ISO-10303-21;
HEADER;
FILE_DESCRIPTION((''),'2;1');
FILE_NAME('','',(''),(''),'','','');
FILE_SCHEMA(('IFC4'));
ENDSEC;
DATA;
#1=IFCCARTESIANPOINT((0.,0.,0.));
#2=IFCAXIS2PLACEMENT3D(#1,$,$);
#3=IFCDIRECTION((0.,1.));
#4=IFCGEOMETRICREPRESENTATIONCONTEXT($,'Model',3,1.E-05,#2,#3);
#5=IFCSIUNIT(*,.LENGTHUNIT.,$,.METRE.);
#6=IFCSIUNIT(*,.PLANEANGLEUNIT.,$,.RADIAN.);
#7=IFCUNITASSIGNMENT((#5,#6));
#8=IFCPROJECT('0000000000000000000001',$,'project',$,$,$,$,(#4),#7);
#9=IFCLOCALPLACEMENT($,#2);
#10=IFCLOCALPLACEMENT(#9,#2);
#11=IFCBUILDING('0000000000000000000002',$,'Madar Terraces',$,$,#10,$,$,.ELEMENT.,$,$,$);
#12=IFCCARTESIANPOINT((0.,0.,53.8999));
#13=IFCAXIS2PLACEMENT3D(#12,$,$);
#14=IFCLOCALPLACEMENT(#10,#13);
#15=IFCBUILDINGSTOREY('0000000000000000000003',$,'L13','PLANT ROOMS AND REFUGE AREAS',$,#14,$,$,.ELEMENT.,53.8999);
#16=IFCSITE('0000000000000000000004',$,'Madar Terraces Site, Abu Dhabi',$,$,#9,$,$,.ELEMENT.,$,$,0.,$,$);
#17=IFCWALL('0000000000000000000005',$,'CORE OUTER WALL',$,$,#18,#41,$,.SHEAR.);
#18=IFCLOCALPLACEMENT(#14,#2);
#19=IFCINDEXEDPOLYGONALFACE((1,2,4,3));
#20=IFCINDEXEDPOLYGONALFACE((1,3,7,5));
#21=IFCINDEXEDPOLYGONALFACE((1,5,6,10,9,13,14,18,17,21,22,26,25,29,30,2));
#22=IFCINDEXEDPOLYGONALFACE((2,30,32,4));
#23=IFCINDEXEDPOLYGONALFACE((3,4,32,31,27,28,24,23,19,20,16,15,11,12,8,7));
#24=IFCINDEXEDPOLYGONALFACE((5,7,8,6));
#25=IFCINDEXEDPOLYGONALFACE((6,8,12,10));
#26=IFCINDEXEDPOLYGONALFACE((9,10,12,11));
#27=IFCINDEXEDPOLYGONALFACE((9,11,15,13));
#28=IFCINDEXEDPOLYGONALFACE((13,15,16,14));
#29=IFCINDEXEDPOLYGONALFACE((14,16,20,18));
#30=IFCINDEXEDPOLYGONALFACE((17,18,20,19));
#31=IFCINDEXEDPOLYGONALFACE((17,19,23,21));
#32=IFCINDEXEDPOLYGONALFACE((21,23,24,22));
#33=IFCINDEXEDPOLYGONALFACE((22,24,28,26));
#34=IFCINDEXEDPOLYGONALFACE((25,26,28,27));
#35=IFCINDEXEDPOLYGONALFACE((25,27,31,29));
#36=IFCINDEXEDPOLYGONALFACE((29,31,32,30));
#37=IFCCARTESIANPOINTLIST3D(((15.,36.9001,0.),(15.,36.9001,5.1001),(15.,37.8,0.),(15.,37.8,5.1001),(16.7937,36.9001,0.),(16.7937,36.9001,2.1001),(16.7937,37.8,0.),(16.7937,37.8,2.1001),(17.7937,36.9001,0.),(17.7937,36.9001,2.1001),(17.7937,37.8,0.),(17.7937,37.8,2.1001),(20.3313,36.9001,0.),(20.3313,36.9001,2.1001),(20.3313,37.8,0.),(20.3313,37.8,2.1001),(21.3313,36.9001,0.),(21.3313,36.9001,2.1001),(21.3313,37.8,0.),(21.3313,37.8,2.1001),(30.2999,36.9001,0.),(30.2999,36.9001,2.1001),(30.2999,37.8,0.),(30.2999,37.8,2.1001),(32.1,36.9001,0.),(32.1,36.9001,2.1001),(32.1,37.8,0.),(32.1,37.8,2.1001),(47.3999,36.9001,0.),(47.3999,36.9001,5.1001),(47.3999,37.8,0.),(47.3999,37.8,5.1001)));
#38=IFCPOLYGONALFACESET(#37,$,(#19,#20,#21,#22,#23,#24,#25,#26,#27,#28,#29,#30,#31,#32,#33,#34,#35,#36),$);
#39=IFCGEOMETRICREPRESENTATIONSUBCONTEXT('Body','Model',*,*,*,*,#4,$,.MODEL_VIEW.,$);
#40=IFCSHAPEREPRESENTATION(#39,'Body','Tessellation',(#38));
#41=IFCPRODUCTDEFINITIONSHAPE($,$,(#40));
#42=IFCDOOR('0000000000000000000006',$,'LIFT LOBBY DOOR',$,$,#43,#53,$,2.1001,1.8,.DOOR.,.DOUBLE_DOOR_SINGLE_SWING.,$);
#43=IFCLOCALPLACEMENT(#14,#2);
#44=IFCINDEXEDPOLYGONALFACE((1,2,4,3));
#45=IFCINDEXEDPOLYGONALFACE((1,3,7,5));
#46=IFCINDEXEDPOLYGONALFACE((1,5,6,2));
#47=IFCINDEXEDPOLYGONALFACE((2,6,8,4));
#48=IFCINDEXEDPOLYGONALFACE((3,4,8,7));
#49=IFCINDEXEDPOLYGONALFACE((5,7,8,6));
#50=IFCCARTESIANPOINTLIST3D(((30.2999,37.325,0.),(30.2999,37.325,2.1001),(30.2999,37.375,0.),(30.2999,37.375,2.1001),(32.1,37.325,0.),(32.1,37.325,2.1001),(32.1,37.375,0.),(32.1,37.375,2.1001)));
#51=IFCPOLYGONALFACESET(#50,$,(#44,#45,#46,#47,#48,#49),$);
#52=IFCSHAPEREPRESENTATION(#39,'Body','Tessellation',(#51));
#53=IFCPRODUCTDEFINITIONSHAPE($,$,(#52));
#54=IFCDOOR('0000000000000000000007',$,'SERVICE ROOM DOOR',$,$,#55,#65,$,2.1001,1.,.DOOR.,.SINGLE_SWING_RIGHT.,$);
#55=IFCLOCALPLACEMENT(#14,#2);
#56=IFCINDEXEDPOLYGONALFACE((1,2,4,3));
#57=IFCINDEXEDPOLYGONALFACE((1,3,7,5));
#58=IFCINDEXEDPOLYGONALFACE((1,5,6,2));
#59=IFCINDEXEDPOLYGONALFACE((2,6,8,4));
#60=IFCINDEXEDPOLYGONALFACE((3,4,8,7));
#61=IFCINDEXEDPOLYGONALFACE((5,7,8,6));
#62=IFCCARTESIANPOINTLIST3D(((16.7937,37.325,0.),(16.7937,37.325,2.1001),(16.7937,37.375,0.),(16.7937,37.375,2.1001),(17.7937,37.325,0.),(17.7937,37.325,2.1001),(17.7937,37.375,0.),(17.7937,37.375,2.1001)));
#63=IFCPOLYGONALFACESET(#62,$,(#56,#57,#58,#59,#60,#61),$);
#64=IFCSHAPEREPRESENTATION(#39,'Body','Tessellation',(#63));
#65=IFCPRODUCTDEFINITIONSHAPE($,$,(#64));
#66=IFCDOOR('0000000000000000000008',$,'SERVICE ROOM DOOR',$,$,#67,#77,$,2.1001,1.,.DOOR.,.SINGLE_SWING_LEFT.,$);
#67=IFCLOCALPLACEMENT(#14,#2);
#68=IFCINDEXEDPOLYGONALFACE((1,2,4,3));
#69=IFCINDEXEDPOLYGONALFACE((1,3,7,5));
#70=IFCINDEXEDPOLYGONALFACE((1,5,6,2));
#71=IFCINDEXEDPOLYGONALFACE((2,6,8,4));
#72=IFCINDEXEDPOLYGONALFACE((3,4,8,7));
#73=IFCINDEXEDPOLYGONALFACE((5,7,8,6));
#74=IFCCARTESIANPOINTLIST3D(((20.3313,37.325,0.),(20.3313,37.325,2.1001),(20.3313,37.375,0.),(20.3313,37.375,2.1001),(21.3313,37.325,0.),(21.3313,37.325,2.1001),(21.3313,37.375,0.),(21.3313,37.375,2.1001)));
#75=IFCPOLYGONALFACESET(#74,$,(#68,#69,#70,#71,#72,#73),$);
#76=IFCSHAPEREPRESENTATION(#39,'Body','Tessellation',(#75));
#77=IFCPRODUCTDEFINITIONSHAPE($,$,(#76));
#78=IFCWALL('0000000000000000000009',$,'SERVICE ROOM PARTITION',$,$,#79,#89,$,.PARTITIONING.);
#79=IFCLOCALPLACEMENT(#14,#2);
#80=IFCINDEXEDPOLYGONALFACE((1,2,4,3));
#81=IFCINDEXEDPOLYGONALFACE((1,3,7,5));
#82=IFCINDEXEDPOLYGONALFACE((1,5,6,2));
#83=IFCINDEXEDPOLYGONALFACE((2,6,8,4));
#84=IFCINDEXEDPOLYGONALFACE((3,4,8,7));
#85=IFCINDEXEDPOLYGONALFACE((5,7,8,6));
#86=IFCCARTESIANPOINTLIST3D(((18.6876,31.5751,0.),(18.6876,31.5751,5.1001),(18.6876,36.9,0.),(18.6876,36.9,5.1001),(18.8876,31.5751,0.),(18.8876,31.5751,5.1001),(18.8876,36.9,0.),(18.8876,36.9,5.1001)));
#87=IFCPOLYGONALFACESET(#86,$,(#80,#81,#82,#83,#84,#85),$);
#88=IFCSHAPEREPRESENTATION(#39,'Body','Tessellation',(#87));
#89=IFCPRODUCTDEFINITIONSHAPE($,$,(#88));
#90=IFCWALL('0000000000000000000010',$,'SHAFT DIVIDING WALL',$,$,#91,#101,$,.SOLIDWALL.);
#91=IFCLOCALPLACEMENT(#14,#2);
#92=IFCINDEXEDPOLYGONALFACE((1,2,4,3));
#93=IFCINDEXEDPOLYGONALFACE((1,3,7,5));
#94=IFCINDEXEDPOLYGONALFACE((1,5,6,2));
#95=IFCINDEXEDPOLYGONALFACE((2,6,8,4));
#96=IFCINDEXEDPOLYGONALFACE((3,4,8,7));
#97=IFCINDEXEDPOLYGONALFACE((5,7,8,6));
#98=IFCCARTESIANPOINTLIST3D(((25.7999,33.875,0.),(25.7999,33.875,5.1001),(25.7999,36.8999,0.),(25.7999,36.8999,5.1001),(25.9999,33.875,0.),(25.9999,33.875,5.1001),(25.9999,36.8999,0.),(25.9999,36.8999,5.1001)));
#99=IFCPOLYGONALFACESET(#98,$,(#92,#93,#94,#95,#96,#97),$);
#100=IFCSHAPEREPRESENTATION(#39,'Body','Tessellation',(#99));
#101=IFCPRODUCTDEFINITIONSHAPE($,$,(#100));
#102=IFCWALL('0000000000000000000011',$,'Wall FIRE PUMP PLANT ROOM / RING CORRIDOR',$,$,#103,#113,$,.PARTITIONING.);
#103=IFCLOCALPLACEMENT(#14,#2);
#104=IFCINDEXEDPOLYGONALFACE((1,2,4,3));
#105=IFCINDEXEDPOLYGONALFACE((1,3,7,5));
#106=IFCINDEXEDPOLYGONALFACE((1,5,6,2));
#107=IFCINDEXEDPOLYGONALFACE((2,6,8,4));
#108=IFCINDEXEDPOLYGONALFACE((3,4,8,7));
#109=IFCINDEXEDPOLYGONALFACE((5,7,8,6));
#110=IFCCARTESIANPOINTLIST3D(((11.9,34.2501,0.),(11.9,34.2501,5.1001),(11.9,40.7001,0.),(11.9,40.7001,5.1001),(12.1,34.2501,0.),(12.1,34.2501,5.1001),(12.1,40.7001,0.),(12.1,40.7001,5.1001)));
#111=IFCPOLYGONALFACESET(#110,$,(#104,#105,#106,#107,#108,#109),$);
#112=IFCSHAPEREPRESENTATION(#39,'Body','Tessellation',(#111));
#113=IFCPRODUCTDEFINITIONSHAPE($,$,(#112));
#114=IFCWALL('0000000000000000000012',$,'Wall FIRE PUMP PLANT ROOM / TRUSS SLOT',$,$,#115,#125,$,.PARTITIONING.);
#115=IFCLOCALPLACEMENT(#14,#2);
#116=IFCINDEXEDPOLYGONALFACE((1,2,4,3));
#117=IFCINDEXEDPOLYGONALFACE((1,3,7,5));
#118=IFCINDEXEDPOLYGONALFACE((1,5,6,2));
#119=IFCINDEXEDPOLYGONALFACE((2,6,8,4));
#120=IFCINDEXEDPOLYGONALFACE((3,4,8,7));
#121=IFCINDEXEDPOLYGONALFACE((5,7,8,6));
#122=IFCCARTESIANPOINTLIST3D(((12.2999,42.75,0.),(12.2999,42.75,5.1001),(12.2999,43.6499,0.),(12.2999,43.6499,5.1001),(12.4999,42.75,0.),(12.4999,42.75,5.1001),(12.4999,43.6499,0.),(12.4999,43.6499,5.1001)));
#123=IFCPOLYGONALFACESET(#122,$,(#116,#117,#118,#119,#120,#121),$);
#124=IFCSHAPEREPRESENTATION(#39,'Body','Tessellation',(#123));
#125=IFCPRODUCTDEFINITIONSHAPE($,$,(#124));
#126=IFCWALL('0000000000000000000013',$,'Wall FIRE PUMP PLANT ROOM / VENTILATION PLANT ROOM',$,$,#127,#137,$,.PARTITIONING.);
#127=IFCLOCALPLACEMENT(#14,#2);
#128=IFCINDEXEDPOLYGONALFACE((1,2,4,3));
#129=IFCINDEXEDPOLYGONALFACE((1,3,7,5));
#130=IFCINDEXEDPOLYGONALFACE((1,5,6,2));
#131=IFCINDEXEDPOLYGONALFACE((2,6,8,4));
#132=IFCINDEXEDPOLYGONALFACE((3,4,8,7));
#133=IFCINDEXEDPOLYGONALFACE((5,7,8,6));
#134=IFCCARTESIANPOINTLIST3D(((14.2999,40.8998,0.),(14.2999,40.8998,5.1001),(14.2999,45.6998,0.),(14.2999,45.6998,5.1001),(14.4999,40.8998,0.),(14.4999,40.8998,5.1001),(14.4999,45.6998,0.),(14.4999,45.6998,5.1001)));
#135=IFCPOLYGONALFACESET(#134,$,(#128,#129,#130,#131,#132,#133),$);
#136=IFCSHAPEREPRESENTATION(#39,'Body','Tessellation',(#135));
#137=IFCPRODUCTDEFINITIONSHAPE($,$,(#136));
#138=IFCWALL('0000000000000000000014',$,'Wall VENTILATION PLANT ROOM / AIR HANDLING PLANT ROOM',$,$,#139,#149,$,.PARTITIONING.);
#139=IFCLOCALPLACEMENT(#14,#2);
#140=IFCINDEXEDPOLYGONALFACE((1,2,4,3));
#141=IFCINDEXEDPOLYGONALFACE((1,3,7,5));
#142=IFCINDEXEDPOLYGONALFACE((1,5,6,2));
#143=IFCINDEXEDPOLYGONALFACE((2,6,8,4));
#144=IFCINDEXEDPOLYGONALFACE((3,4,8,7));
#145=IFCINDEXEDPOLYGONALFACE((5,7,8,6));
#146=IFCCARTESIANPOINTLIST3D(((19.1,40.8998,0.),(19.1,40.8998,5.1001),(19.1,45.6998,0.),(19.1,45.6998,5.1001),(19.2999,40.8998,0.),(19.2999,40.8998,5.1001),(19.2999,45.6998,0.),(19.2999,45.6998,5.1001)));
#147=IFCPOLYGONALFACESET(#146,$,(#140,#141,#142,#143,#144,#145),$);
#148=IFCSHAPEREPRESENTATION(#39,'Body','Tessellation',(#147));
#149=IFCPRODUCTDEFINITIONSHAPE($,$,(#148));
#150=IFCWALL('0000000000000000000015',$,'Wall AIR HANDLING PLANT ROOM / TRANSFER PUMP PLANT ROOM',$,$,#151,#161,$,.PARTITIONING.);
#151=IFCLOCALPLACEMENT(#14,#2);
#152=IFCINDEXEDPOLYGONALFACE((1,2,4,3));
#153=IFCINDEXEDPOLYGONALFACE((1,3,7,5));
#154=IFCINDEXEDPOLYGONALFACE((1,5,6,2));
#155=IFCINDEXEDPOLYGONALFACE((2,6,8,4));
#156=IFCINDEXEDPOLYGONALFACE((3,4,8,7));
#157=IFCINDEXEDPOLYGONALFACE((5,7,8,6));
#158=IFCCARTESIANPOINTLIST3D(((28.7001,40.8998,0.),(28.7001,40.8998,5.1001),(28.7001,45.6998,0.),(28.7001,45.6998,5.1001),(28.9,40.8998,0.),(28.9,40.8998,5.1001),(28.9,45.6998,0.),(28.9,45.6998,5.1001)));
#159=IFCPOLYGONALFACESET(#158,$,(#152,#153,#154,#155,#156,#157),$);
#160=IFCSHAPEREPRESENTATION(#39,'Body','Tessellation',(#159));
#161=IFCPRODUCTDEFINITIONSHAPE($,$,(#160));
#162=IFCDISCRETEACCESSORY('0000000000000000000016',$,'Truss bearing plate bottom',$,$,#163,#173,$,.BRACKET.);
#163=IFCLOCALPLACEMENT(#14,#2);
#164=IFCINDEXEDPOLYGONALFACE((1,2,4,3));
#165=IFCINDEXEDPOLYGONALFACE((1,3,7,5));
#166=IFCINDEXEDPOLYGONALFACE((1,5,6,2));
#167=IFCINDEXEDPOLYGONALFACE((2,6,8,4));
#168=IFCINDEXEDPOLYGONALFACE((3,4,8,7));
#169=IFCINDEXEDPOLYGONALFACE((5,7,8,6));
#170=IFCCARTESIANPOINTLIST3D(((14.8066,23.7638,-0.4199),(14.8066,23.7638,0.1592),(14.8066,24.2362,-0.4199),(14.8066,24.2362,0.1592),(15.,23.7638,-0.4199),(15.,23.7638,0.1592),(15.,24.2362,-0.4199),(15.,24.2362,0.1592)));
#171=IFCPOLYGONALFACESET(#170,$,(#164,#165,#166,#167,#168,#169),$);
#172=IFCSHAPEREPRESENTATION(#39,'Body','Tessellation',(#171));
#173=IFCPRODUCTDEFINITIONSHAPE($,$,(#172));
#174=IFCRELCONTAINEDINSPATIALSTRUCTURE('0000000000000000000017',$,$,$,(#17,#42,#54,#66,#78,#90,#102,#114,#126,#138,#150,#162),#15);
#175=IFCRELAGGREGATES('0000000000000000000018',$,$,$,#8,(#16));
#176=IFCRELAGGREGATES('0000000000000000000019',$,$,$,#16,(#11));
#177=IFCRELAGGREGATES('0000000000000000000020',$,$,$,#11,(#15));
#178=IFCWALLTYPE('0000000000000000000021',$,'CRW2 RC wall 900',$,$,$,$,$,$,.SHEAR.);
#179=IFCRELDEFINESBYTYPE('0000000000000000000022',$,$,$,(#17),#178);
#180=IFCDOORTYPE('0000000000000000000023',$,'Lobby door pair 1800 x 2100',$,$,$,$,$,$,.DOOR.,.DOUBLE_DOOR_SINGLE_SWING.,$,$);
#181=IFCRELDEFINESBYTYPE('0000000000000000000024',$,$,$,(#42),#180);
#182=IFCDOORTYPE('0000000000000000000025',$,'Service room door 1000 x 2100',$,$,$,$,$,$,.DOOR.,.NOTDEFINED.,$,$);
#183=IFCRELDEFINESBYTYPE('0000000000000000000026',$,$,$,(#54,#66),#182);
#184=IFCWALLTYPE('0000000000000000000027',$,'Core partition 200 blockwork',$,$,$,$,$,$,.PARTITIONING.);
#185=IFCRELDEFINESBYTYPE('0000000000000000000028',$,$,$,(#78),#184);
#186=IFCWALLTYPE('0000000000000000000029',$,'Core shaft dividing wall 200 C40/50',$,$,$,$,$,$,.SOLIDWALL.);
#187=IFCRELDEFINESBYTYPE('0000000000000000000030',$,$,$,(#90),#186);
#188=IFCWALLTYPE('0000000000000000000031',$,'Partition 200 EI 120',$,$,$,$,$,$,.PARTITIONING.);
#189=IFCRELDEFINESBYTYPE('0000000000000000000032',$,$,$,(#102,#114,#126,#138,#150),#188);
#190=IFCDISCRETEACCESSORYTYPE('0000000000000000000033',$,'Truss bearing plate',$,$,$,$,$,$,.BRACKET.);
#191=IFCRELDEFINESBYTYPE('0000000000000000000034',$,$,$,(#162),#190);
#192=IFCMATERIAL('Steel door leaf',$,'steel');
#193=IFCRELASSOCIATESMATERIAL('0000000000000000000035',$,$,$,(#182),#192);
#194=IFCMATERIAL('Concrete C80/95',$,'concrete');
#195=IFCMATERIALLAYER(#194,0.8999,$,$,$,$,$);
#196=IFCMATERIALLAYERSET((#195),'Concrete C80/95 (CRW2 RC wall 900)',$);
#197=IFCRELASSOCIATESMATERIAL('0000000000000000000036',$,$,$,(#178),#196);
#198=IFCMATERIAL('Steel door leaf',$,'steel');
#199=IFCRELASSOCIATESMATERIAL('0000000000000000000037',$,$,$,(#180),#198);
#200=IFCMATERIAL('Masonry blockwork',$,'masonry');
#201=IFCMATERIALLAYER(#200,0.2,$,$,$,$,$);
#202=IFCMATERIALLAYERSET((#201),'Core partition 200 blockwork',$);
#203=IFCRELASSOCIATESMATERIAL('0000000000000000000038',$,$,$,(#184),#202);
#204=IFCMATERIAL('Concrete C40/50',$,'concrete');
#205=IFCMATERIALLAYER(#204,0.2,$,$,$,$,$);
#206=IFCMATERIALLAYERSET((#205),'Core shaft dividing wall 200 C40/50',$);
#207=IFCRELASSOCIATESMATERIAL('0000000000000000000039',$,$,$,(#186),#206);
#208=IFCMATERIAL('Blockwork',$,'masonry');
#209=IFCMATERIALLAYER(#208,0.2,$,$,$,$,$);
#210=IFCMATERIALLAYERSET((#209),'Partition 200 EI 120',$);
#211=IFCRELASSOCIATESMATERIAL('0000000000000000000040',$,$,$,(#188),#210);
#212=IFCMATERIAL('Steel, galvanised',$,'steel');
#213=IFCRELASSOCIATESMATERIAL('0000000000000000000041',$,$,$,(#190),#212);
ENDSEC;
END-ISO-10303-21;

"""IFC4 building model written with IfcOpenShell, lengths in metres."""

from ifc_helpers import new_model, si_unit, direction, frame, frame_2d, origin, origin_2d, place, context, subcontext, project, spatial, rectangle, extrude, material, layer, layer_set, type_object, element, fill, save


model = new_model("IFC4")

# Units and contexts
model_context = context("Model", 3, precision=1e-05, world=origin(), true_north=direction((0.0, 1.0)))
body_context = subcontext(model_context, "Body", "Model", "MODEL_VIEW")
ifc_project = project(units=[si_unit("LENGTHUNIT", "METRE"), si_unit("PLANEANGLEUNIT", "RADIAN")], contexts=[model_context])

# Site, building, storey
site_placement = place(None, origin())
site = spatial("IfcSite", under=ifc_project, at=site_placement, Name="Madar Terraces Site, Abu Dhabi", CompositionType="ELEMENT", RefElevation=0.0)
building_placement = place(site_placement, origin())
building = spatial("IfcBuilding", under=site, at=building_placement, Name="Madar Terraces", CompositionType="ELEMENT")
storey_placement = place(building_placement, frame((0.0, 0.0, 53.8999)))
storey = spatial("IfcBuildingStorey", under=building, at=storey_placement, Name="L13", Description="PLANT ROOMS AND REFUGE AREAS", CompositionType="ELEMENT", Elevation=53.8999)

# Shared definitions
ifc_material_1 = material(Name="Steel door leaf", Category="steel")
door_type_1 = type_object("IfcDoorType", Name="Service room door 1000 x 2100", OperationType="NOTDEFINED", PredefinedType="DOOR", material=ifc_material_1)

# Wall, openings, doors
ifc_material_2 = material(Name="Concrete C80/95", Category="concrete")
ifc_layer_1 = layer(ifc_material_2, 0.8999)
ifc_layer_set_1 = layer_set([ifc_layer_1], Name="Concrete C80/95 (CRW2 RC wall 900)")
wall_type_1 = type_object("IfcWallType", Name="CRW2 RC wall 900", PredefinedType="SHEAR", material=ifc_layer_set_1)
wall_1_placement = place(storey_placement, frame((15.0, 37.3501, 0.0), z_axis=(0.0, 0.0, 1.0), x_axis=(1.0, 0.0, 0.0)))
wall_1 = element("IfcWall", 1, at=wall_1_placement, inside=storey, type_object=wall_type_1, Name="CORE OUTER WALL", PredefinedType="SHEAR", context=body_context, shape_type="SweptSolid", body=[
    extrude(rectangle(XDim=32.3999, YDim=0.8999, at=frame_2d((16.2, 0.0))), origin(), (0.0, 0.0, 1.0), 5.1001),
])
opening_1_placement = place(wall_1_placement, frame((15.3, 0.0, 0.0)))
opening_1 = element("IfcOpeningElement", 2, at=opening_1_placement, cuts=wall_1, PredefinedType="OPENING", context=body_context, shape_type="SweptSolid", body=[
    extrude(rectangle(XDim=1.8, YDim=2.1001, at=frame_2d((0.8999, 1.05))), frame((0.0, 0.46, 0.0), z_axis=(0.0, -1.0, 0.0), x_axis=(1.0, 0.0, 0.0)), (0.0, 0.0, 1.0), 0.9199),
])
opening_2_placement = place(wall_1_placement, frame((1.7937, 0.0, 0.0)))
opening_2 = element("IfcOpeningElement", 3, at=opening_2_placement, cuts=wall_1, PredefinedType="OPENING", context=body_context, shape_type="SweptSolid", body=[
    extrude(rectangle(XDim=1.0, YDim=2.1001, at=frame_2d((0.5, 1.05))), frame((0.0, 0.46, 0.0), z_axis=(0.0, -1.0, 0.0), x_axis=(1.0, 0.0, 0.0)), (0.0, 0.0, 1.0), 0.9199),
])
opening_3_placement = place(wall_1_placement, frame((5.3313, 0.0, 0.0)))
opening_3 = element("IfcOpeningElement", 4, at=opening_3_placement, cuts=wall_1, PredefinedType="OPENING", context=body_context, shape_type="SweptSolid", body=[
    extrude(rectangle(XDim=1.0, YDim=2.1001, at=frame_2d((0.5, 1.05))), frame((0.0, 0.46, 0.0), z_axis=(0.0, -1.0, 0.0), x_axis=(1.0, 0.0, 0.0)), (0.0, 0.0, 1.0), 0.9199),
])
ifc_material_3 = material(Name="Steel door leaf", Category="steel")
door_type_2 = type_object("IfcDoorType", Name="Lobby door pair 1800 x 2100", OperationType="DOUBLE_DOOR_SINGLE_SWING", PredefinedType="DOOR", material=ifc_material_3)
door_1_placement = place(opening_1_placement, origin())
door_1 = element("IfcDoor", 5, at=door_1_placement, inside=storey, type_object=door_type_2, Name="LIFT LOBBY DOOR", OperationType="DOUBLE_DOOR_SINGLE_SWING", OverallHeight=2.1001, OverallWidth=1.8, PredefinedType="DOOR", context=body_context, shape_type="SweptSolid", body=[
    extrude(rectangle(XDim=1.8, YDim=2.1001, at=frame_2d((0.8999, 1.05))), frame((0.0, 0.0249, 0.0), z_axis=(0.0, -1.0, 0.0), x_axis=(1.0, 0.0, 0.0)), (0.0, 0.0, 1.0), 0.05),
])
fill(opening_1, door_1)
door_2_placement = place(opening_2_placement, origin())
door_2 = element("IfcDoor", 6, at=door_2_placement, inside=storey, type_object=door_type_1, Name="SERVICE ROOM DOOR", OperationType="SINGLE_SWING_RIGHT", OverallHeight=2.1001, OverallWidth=1.0, PredefinedType="DOOR", context=body_context, shape_type="SweptSolid", body=[
    extrude(rectangle(XDim=1.0, YDim=2.1001, at=frame_2d((0.5, 1.05))), frame((0.0, 0.0249, 0.0), z_axis=(0.0, -1.0, 0.0), x_axis=(1.0, 0.0, 0.0)), (0.0, 0.0, 1.0), 0.05),
])
fill(opening_2, door_2)
door_3_placement = place(opening_3_placement, origin())
door_3 = element("IfcDoor", 7, at=door_3_placement, inside=storey, type_object=door_type_1, Name="SERVICE ROOM DOOR", OperationType="SINGLE_SWING_LEFT", OverallHeight=2.1001, OverallWidth=1.0, PredefinedType="DOOR", context=body_context, shape_type="SweptSolid", body=[
    extrude(rectangle(XDim=1.0, YDim=2.1001, at=frame_2d((0.5, 1.05))), frame((0.0, 0.0249, 0.0), z_axis=(0.0, -1.0, 0.0), x_axis=(1.0, 0.0, 0.0)), (0.0, 0.0, 1.0), 0.05),
])
fill(opening_3, door_3)

# Walls
ifc_material_4 = material(Name="Masonry blockwork", Category="masonry")
ifc_layer_2 = layer(ifc_material_4, 0.2)
ifc_layer_set_2 = layer_set([ifc_layer_2], Name="Core partition 200 blockwork")
wall_type_2 = type_object("IfcWallType", Name="Core partition 200 blockwork", PredefinedType="PARTITIONING", material=ifc_layer_set_2)
wall_2_placement = place(storey_placement, frame((18.7876, 31.575, 0.0), z_axis=(0.0, 0.0, 1.0), x_axis=(0.0, 1.0, 0.0)))
element("IfcWall", 8, at=wall_2_placement, inside=storey, type_object=wall_type_2, Name="SERVICE ROOM PARTITION", PredefinedType="PARTITIONING", context=body_context, shape_type="SweptSolid", body=[
    extrude(rectangle(XDim=5.325, YDim=0.2, at=frame_2d((2.6626, 0.0))), origin(), (0.0, 0.0, 1.0), 5.1001),
])
ifc_material_5 = material(Name="Concrete C40/50", Category="concrete")
ifc_layer_3 = layer(ifc_material_5, 0.2)
ifc_layer_set_3 = layer_set([ifc_layer_3], Name="Core shaft dividing wall 200 C40/50")
wall_type_3 = type_object("IfcWallType", Name="Core shaft dividing wall 200 C40/50", PredefinedType="SOLIDWALL", material=ifc_layer_set_3)
wall_3_placement = place(storey_placement, frame((25.8999, 33.875, 0.0), z_axis=(0.0, 0.0, 1.0), x_axis=(0.0, 1.0, 0.0)))
element("IfcWall", 9, at=wall_3_placement, inside=storey, type_object=wall_type_3, Name="SHAFT DIVIDING WALL", PredefinedType="SOLIDWALL", context=body_context, shape_type="SweptSolid", body=[
    extrude(rectangle(XDim=3.0249, YDim=0.2, at=frame_2d((1.5125, 0.0))), origin(), (0.0, 0.0, 1.0), 5.1001),
])
ifc_material_6 = material(Name="Blockwork", Category="masonry")
ifc_layer_4 = layer(ifc_material_6, 0.2)
ifc_layer_set_4 = layer_set([ifc_layer_4], Name="Partition 200 EI 120")
wall_type_4 = type_object("IfcWallType", Name="Partition 200 EI 120", PredefinedType="PARTITIONING", material=ifc_layer_set_4)
wall_4_placement = place(storey_placement, frame((12.0, 34.25, 0.0), z_axis=(0.0, 0.0, 1.0), x_axis=(0.0, 1.0, 0.0)))
element("IfcWall", 10, at=wall_4_placement, inside=storey, type_object=wall_type_4, Name="Wall FIRE PUMP PLANT ROOM / RING CORRIDOR", PredefinedType="PARTITIONING", context=body_context, shape_type="SweptSolid", body=[
    extrude(rectangle(XDim=6.45, YDim=0.2, at=frame_2d((3.2251, 0.0))), origin(), (0.0, 0.0, 1.0), 5.1001),
])
wall_5_placement = place(storey_placement, frame((12.3999, 42.75, 0.0), z_axis=(0.0, 0.0, 1.0), x_axis=(0.0, 1.0, 0.0)))
element("IfcWall", 11, at=wall_5_placement, inside=storey, type_object=wall_type_4, Name="Wall FIRE PUMP PLANT ROOM / TRUSS SLOT", PredefinedType="PARTITIONING", context=body_context, shape_type="SweptSolid", body=[
    extrude(rectangle(XDim=0.8999, YDim=0.2, at=frame_2d((0.45, 0.0))), origin(), (0.0, 0.0, 1.0), 5.1001),
])
for number, where, z_axis, x_axis, name in (
    (12, (14.3999, 40.8999, 0.0), (0.0, 0.0, 1.0), (0.0, 1.0, 0.0), "Wall FIRE PUMP PLANT ROOM / VENTILATION PLANT ROOM"),
    (13, (19.2, 40.8999, 0.0), (0.0, 0.0, 1.0), (0.0, 1.0, 0.0), "Wall VENTILATION PLANT ROOM / AIR HANDLING PLANT ROOM"),
    (14, (28.8, 40.8999, 0.0), (0.0, 0.0, 1.0), (0.0, 1.0, 0.0), "Wall AIR HANDLING PLANT ROOM / TRANSFER PUMP PLANT ROOM"),
):
    element("IfcWall", number, at=place(storey_placement, frame(where, z_axis=z_axis, x_axis=x_axis)), inside=storey, type_object=wall_type_4, Name=name, PredefinedType="PARTITIONING", context=body_context, shape_type="SweptSolid", body=[
        extrude(rectangle(XDim=4.8, YDim=0.2, at=frame_2d((2.3999, 0.0))), origin(), (0.0, 0.0, 1.0), 5.1001),
    ])

# Discrete accessory
ifc_material_7 = material(Name="Steel, galvanised", Category="steel")
discrete_accessory_type = type_object("IfcDiscreteAccessoryType", Name="Truss bearing plate", PredefinedType="BRACKET", material=ifc_material_7)
discrete_accessory_1_placement = place(storey_placement, frame((14.9033, 24.0, -0.4199), z_axis=(0.0, 0.0, 1.0), x_axis=(1.0, 0.0, 0.0)))
element("IfcDiscreteAccessory", 15, at=discrete_accessory_1_placement, inside=storey, type_object=discrete_accessory_type, Name="Truss bearing plate bottom", PredefinedType="BRACKET", context=body_context, shape_type="SweptSolid", body=[
    extrude(rectangle(XDim=0.1934, YDim=0.4724, at=origin_2d()), origin(), (0.0, 0.0, 1.0), 0.5791),
])

save(model, "model.ifc")
